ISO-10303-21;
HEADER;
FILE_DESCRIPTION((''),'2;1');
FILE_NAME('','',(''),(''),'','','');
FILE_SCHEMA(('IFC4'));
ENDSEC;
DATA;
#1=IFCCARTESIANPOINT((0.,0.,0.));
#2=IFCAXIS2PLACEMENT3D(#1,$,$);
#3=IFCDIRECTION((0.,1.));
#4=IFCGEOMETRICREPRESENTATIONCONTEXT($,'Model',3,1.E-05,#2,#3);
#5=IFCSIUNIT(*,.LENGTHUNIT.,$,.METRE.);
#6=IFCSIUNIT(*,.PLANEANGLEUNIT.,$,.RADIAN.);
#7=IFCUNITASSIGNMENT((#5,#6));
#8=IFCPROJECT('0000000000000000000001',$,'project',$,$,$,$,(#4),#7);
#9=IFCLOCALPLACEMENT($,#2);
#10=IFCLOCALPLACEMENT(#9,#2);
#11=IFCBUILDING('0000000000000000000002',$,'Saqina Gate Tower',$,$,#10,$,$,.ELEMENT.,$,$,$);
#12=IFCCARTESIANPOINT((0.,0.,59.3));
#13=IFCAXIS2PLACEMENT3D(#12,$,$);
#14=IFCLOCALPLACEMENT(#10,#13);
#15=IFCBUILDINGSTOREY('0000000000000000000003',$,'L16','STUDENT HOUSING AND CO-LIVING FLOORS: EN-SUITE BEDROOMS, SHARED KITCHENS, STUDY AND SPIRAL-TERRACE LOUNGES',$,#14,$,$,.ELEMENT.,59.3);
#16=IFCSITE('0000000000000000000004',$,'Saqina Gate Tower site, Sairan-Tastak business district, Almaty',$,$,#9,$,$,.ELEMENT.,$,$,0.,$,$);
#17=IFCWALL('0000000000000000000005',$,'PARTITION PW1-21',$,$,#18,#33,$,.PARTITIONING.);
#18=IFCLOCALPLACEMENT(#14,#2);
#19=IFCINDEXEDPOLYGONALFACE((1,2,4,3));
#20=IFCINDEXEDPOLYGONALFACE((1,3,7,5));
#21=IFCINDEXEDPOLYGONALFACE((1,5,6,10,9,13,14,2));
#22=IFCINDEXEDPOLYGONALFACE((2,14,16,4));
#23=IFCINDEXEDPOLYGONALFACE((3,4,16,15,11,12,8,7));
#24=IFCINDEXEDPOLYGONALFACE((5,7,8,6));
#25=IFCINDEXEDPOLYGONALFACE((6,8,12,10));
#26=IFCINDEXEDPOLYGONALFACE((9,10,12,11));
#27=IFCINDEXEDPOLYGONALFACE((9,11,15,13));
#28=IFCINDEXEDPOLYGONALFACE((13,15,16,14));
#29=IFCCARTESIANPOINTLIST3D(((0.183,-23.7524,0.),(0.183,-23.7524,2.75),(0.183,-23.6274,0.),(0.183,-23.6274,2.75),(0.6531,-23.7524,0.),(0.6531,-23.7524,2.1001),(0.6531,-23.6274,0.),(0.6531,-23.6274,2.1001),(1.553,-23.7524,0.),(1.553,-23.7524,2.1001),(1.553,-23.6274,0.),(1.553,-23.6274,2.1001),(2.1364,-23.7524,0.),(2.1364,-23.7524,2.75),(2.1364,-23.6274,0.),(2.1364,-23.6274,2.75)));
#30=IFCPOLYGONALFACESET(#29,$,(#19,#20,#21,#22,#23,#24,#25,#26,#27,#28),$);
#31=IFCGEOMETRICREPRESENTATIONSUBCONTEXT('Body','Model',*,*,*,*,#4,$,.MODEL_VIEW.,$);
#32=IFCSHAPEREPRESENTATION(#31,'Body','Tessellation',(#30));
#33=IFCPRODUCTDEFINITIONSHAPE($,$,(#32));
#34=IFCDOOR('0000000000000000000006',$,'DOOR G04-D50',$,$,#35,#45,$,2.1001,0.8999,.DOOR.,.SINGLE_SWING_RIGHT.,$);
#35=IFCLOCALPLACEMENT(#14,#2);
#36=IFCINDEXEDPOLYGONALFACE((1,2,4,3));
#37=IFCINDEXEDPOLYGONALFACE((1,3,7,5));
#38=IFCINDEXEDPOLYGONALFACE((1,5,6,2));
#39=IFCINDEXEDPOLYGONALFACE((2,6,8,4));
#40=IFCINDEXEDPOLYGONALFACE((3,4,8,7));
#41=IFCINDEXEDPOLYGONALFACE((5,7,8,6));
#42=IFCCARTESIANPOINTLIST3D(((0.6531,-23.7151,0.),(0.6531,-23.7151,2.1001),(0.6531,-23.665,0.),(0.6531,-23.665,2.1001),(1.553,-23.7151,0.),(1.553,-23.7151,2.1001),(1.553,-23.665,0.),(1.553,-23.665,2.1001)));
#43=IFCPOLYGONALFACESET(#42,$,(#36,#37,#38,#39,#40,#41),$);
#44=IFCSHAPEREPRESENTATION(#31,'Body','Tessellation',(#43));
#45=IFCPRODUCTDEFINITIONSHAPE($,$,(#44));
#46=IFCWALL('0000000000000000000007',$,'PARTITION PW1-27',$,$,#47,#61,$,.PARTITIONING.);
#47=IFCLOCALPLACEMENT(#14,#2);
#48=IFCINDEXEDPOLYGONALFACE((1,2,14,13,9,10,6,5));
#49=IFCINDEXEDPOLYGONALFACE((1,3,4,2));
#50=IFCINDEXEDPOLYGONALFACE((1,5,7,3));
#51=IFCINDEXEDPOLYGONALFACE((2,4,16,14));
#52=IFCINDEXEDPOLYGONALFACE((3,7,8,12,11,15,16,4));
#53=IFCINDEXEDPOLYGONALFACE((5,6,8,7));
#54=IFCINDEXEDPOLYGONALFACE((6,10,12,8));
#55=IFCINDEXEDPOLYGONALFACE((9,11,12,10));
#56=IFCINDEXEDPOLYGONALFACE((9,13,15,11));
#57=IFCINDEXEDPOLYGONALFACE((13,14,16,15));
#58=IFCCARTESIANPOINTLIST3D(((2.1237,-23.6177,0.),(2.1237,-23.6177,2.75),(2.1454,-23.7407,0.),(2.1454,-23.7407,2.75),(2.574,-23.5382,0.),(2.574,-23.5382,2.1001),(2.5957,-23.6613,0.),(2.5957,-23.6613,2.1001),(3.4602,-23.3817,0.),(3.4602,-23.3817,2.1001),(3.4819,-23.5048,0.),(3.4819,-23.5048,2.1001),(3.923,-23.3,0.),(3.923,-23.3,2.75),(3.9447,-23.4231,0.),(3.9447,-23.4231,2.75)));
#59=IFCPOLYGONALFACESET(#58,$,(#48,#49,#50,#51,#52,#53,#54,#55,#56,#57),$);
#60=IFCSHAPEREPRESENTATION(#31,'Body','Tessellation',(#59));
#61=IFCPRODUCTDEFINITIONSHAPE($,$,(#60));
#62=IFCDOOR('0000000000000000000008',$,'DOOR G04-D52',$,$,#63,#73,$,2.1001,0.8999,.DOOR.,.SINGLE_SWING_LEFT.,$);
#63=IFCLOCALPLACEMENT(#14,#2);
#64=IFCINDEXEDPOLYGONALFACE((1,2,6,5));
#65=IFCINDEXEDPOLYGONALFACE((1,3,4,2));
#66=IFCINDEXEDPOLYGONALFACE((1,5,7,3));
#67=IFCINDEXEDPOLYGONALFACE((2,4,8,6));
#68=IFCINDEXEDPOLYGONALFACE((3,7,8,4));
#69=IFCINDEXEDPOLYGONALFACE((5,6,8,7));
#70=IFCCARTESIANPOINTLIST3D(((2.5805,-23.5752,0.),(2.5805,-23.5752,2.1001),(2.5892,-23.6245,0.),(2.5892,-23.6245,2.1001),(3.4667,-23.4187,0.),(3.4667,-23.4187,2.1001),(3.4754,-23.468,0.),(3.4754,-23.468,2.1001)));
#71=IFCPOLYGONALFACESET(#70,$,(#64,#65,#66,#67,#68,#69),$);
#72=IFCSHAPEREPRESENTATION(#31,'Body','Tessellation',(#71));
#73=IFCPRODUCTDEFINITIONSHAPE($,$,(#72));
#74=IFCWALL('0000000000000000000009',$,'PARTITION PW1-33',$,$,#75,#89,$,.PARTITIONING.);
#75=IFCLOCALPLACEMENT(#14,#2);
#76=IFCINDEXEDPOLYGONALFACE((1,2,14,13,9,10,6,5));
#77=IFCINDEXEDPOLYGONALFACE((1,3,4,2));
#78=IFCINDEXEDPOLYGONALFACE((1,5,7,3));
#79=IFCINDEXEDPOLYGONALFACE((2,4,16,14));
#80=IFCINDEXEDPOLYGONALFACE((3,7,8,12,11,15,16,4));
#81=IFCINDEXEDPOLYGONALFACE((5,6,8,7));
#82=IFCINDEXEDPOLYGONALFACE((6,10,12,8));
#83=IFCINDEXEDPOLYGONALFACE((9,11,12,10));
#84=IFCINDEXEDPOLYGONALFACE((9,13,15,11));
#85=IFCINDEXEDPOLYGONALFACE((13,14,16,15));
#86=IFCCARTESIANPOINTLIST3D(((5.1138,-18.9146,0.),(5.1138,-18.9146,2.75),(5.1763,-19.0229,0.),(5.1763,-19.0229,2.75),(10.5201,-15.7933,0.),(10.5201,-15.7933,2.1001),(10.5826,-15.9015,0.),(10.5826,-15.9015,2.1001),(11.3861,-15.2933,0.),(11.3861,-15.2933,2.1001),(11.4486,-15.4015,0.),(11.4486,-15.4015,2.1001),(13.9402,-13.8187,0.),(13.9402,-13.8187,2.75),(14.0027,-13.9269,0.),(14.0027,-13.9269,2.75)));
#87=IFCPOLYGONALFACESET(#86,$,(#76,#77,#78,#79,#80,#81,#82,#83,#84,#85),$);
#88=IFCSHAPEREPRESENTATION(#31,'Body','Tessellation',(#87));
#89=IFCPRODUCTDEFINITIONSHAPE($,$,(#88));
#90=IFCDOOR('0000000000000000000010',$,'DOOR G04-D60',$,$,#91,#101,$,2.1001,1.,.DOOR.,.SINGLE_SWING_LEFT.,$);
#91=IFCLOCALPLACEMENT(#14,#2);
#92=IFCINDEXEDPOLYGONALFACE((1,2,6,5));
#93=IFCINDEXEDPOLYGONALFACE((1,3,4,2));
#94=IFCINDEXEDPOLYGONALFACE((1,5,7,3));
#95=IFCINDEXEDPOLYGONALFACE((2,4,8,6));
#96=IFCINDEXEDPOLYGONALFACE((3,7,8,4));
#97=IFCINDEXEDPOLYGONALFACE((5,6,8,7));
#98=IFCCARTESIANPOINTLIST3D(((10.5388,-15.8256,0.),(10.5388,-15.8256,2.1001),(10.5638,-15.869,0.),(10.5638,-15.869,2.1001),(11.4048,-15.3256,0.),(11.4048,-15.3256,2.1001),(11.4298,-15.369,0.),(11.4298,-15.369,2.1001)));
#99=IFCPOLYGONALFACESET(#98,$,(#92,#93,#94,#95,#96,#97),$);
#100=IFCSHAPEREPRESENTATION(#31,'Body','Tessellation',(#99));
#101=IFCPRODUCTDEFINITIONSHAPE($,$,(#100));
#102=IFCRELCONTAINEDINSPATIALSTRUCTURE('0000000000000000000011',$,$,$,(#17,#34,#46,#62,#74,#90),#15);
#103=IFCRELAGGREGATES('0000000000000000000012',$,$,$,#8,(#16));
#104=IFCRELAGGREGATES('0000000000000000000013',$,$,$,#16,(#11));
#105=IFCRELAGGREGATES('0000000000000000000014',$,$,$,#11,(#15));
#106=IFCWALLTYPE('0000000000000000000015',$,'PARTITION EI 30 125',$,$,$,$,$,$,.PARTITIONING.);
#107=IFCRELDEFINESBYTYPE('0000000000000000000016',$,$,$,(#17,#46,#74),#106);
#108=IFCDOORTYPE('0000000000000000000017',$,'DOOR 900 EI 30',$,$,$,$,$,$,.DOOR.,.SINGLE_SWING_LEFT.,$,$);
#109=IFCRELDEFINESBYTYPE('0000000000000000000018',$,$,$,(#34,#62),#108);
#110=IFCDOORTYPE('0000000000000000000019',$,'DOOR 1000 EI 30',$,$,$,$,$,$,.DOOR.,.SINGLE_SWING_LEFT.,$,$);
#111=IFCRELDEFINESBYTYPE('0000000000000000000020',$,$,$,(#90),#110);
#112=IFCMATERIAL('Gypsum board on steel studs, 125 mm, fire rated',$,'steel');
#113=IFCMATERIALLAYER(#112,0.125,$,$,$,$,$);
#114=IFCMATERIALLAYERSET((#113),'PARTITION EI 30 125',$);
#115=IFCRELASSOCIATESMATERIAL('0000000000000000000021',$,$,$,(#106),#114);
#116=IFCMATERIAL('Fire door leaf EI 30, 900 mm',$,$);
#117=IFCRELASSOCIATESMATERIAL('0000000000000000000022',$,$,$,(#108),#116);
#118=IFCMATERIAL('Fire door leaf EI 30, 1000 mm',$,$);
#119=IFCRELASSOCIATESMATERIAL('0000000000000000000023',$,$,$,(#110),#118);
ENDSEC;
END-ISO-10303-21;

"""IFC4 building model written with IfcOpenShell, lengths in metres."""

from ifc_helpers import new_model, si_unit, direction, frame, frame_2d, origin, place, context, subcontext, project, spatial, rectangle, extrude, material, layer, layer_set, type_object, element, fill, save


model = new_model("IFC4")

# Units and contexts
model_context = context("Model", 3, precision=1e-05, world=origin(), true_north=direction((0.0, 1.0)))
body_context = subcontext(model_context, "Body", "Model", "MODEL_VIEW")
ifc_project = project(units=[si_unit("LENGTHUNIT", "METRE"), si_unit("PLANEANGLEUNIT", "RADIAN")], contexts=[model_context])

# Site, building, storey
site_placement = place(None, origin())
site = spatial("IfcSite", under=ifc_project, at=site_placement, Name="Saqina Gate Tower site, Sairan-Tastak business district, Almaty", CompositionType="ELEMENT", RefElevation=0.0)
building_placement = place(site_placement, origin())
building = spatial("IfcBuilding", under=site, at=building_placement, Name="Saqina Gate Tower", CompositionType="ELEMENT")
storey_placement = place(building_placement, frame((0.0, 0.0, 59.3)))
storey = spatial("IfcBuildingStorey", under=building, at=storey_placement, Name="L16", Description="STUDENT HOUSING AND CO-LIVING FLOORS: EN-SUITE BEDROOMS, SHARED KITCHENS, STUDY AND SPIRAL-TERRACE LOUNGES", CompositionType="ELEMENT", Elevation=59.3)

# Walls, openings, doors
ifc_material_1 = material(Name="Gypsum board on steel studs, 125 mm, fire rated", Category="steel")
ifc_layer_1 = layer(ifc_material_1, 0.125)
ifc_layer_set_1 = layer_set([ifc_layer_1], Name="PARTITION EI 30 125")
wall_type_1 = type_object("IfcWallType", Name="PARTITION EI 30 125", PredefinedType="PARTITIONING", material=ifc_layer_set_1)
wall_1_placement = place(storey_placement, frame((0.1831, -23.6899, 0.0), z_axis=(0.0, 0.0, 1.0), x_axis=(1.0, 0.0, 0.0)))
wall_1 = element("IfcWall", 1, at=wall_1_placement, inside=storey, type_object=wall_type_1, Name="PARTITION PW1-21", PredefinedType="PARTITIONING", context=body_context, shape_type="SweptSolid", body=[
    extrude(rectangle(XDim=1.9534, YDim=0.125, at=frame_2d((0.9766, 0.0))), origin(), (0.0, 0.0, 1.0), 2.75),
])
opening_1_placement = place(wall_1_placement, frame((0.47, 0.0, 0.0)))
opening_1 = element("IfcOpeningElement", 2, at=opening_1_placement, cuts=wall_1, PredefinedType="OPENING", context=body_context, shape_type="SweptSolid", body=[
    extrude(rectangle(XDim=0.8999, YDim=2.1001, at=frame_2d((0.45, 1.05))), frame((0.0, 0.0745, 0.0), z_axis=(0.0, -1.0, 0.0), x_axis=(1.0, 0.0, 0.0)), (0.0, 0.0, 1.0), 0.1489),
])
ifc_material_2 = material(Name="Fire door leaf EI 30, 900 mm")
door_type_1 = type_object("IfcDoorType", Name="DOOR 900 EI 30", OperationType="SINGLE_SWING_LEFT", PredefinedType="DOOR", material=ifc_material_2)
door_1_placement = place(opening_1_placement, origin())
door_1 = element("IfcDoor", 3, at=door_1_placement, inside=storey, type_object=door_type_1, Name="DOOR G04-D50", OperationType="SINGLE_SWING_RIGHT", OverallHeight=2.1001, OverallWidth=0.8999, PredefinedType="DOOR", context=body_context, shape_type="SweptSolid", body=[
    extrude(rectangle(XDim=0.8999, YDim=2.1001, at=frame_2d((0.45, 1.05))), frame((0.0, 0.0249, 0.0), z_axis=(0.0, -1.0, 0.0), x_axis=(1.0, 0.0, 0.0)), (0.0, 0.0, 1.0), 0.05),
])
fill(opening_1, door_1)
wall_2_placement = place(storey_placement, frame((2.1345, -23.6792, 0.0), z_axis=(0.0, 0.0, 1.0), x_axis=(0.984774, 0.173839, 0.0)))
wall_2 = element("IfcWall", 4, at=wall_2_placement, inside=storey, type_object=wall_type_1, Name="PARTITION PW1-27", PredefinedType="PARTITIONING", context=body_context, shape_type="SweptSolid", body=[
    extrude(rectangle(XDim=1.8271, YDim=0.125, at=frame_2d((0.9136, 0.0))), origin(), (0.0, 0.0, 1.0), 2.75),
])
opening_2_placement = place(wall_2_placement, frame((0.4573, 0.0, 0.0)))
opening_2 = element("IfcOpeningElement", 5, at=opening_2_placement, cuts=wall_2, PredefinedType="OPENING", context=body_context, shape_type="SweptSolid", body=[
    extrude(rectangle(XDim=0.8999, YDim=2.1001, at=frame_2d((0.45, 1.05))), frame((0.0, 0.0745, 0.0), z_axis=(0.0, -1.0, 0.0), x_axis=(1.0, 0.0, 0.0)), (0.0, 0.0, 1.0), 0.1489),
])
door_2_placement = place(opening_2_placement, origin())
door_2 = element("IfcDoor", 6, at=door_2_placement, inside=storey, type_object=door_type_1, Name="DOOR G04-D52", OperationType="SINGLE_SWING_LEFT", OverallHeight=2.1001, OverallWidth=0.8999, PredefinedType="DOOR", context=body_context, shape_type="SweptSolid", body=[
    extrude(rectangle(XDim=0.8999, YDim=2.1001, at=frame_2d((0.45, 1.05))), frame((0.0, 0.0249, 0.0), z_axis=(0.0, -1.0, 0.0), x_axis=(1.0, 0.0, 0.0)), (0.0, 0.0, 1.0), 0.05),
])
fill(opening_2, door_2)
wall_3_placement = place(storey_placement, frame((5.145, -18.9688, 0.0), z_axis=(0.0, 0.0, 1.0), x_axis=(0.866025, 0.500001, 0.0)))
wall_3 = element("IfcWall", 7, at=wall_3_placement, inside=storey, type_object=wall_type_1, Name="PARTITION PW1-33", PredefinedType="PARTITIONING", context=body_context, shape_type="SweptSolid", body=[
    extrude(rectangle(XDim=10.1919, YDim=0.125, at=frame_2d((5.0959, 0.0))), origin(), (0.0, 0.0, 1.0), 2.75),
])
opening_3_placement = place(wall_3_placement, frame((6.2427, 0.0, 0.0)))
opening_3 = element("IfcOpeningElement", 8, at=opening_3_placement, cuts=wall_3, PredefinedType="OPENING", context=body_context, shape_type="SweptSolid", body=[
    extrude(rectangle(XDim=1.0, YDim=2.1001, at=frame_2d((0.5, 1.05))), frame((0.0, 0.0745, 0.0), z_axis=(0.0, -1.0, 0.0), x_axis=(1.0, 0.0, 0.0)), (0.0, 0.0, 1.0), 0.1489),
])
ifc_material_3 = material(Name="Fire door leaf EI 30, 1000 mm")
door_type_2 = type_object("IfcDoorType", Name="DOOR 1000 EI 30", OperationType="SINGLE_SWING_LEFT", PredefinedType="DOOR", material=ifc_material_3)
door_3_placement = place(opening_3_placement, frame((1.0, 0.0, 0.0), z_axis=(0.0, 0.0, 1.0), x_axis=(-1.0, 0.0, 0.0)))
door_3 = element("IfcDoor", 9, at=door_3_placement, inside=storey, type_object=door_type_2, Name="DOOR G04-D60", OperationType="SINGLE_SWING_LEFT", OverallHeight=2.1001, OverallWidth=1.0, PredefinedType="DOOR", context=body_context, shape_type="SweptSolid", body=[
    extrude(rectangle(XDim=1.0, YDim=2.1001, at=frame_2d((0.5, 1.05))), frame((0.0, 0.0249, 0.0), z_axis=(0.0, -1.0, 0.0), x_axis=(1.0, 0.0, 0.0)), (0.0, 0.0, 1.0), 0.05),
])
fill(opening_3, door_3)

save(model, "model.ifc")
